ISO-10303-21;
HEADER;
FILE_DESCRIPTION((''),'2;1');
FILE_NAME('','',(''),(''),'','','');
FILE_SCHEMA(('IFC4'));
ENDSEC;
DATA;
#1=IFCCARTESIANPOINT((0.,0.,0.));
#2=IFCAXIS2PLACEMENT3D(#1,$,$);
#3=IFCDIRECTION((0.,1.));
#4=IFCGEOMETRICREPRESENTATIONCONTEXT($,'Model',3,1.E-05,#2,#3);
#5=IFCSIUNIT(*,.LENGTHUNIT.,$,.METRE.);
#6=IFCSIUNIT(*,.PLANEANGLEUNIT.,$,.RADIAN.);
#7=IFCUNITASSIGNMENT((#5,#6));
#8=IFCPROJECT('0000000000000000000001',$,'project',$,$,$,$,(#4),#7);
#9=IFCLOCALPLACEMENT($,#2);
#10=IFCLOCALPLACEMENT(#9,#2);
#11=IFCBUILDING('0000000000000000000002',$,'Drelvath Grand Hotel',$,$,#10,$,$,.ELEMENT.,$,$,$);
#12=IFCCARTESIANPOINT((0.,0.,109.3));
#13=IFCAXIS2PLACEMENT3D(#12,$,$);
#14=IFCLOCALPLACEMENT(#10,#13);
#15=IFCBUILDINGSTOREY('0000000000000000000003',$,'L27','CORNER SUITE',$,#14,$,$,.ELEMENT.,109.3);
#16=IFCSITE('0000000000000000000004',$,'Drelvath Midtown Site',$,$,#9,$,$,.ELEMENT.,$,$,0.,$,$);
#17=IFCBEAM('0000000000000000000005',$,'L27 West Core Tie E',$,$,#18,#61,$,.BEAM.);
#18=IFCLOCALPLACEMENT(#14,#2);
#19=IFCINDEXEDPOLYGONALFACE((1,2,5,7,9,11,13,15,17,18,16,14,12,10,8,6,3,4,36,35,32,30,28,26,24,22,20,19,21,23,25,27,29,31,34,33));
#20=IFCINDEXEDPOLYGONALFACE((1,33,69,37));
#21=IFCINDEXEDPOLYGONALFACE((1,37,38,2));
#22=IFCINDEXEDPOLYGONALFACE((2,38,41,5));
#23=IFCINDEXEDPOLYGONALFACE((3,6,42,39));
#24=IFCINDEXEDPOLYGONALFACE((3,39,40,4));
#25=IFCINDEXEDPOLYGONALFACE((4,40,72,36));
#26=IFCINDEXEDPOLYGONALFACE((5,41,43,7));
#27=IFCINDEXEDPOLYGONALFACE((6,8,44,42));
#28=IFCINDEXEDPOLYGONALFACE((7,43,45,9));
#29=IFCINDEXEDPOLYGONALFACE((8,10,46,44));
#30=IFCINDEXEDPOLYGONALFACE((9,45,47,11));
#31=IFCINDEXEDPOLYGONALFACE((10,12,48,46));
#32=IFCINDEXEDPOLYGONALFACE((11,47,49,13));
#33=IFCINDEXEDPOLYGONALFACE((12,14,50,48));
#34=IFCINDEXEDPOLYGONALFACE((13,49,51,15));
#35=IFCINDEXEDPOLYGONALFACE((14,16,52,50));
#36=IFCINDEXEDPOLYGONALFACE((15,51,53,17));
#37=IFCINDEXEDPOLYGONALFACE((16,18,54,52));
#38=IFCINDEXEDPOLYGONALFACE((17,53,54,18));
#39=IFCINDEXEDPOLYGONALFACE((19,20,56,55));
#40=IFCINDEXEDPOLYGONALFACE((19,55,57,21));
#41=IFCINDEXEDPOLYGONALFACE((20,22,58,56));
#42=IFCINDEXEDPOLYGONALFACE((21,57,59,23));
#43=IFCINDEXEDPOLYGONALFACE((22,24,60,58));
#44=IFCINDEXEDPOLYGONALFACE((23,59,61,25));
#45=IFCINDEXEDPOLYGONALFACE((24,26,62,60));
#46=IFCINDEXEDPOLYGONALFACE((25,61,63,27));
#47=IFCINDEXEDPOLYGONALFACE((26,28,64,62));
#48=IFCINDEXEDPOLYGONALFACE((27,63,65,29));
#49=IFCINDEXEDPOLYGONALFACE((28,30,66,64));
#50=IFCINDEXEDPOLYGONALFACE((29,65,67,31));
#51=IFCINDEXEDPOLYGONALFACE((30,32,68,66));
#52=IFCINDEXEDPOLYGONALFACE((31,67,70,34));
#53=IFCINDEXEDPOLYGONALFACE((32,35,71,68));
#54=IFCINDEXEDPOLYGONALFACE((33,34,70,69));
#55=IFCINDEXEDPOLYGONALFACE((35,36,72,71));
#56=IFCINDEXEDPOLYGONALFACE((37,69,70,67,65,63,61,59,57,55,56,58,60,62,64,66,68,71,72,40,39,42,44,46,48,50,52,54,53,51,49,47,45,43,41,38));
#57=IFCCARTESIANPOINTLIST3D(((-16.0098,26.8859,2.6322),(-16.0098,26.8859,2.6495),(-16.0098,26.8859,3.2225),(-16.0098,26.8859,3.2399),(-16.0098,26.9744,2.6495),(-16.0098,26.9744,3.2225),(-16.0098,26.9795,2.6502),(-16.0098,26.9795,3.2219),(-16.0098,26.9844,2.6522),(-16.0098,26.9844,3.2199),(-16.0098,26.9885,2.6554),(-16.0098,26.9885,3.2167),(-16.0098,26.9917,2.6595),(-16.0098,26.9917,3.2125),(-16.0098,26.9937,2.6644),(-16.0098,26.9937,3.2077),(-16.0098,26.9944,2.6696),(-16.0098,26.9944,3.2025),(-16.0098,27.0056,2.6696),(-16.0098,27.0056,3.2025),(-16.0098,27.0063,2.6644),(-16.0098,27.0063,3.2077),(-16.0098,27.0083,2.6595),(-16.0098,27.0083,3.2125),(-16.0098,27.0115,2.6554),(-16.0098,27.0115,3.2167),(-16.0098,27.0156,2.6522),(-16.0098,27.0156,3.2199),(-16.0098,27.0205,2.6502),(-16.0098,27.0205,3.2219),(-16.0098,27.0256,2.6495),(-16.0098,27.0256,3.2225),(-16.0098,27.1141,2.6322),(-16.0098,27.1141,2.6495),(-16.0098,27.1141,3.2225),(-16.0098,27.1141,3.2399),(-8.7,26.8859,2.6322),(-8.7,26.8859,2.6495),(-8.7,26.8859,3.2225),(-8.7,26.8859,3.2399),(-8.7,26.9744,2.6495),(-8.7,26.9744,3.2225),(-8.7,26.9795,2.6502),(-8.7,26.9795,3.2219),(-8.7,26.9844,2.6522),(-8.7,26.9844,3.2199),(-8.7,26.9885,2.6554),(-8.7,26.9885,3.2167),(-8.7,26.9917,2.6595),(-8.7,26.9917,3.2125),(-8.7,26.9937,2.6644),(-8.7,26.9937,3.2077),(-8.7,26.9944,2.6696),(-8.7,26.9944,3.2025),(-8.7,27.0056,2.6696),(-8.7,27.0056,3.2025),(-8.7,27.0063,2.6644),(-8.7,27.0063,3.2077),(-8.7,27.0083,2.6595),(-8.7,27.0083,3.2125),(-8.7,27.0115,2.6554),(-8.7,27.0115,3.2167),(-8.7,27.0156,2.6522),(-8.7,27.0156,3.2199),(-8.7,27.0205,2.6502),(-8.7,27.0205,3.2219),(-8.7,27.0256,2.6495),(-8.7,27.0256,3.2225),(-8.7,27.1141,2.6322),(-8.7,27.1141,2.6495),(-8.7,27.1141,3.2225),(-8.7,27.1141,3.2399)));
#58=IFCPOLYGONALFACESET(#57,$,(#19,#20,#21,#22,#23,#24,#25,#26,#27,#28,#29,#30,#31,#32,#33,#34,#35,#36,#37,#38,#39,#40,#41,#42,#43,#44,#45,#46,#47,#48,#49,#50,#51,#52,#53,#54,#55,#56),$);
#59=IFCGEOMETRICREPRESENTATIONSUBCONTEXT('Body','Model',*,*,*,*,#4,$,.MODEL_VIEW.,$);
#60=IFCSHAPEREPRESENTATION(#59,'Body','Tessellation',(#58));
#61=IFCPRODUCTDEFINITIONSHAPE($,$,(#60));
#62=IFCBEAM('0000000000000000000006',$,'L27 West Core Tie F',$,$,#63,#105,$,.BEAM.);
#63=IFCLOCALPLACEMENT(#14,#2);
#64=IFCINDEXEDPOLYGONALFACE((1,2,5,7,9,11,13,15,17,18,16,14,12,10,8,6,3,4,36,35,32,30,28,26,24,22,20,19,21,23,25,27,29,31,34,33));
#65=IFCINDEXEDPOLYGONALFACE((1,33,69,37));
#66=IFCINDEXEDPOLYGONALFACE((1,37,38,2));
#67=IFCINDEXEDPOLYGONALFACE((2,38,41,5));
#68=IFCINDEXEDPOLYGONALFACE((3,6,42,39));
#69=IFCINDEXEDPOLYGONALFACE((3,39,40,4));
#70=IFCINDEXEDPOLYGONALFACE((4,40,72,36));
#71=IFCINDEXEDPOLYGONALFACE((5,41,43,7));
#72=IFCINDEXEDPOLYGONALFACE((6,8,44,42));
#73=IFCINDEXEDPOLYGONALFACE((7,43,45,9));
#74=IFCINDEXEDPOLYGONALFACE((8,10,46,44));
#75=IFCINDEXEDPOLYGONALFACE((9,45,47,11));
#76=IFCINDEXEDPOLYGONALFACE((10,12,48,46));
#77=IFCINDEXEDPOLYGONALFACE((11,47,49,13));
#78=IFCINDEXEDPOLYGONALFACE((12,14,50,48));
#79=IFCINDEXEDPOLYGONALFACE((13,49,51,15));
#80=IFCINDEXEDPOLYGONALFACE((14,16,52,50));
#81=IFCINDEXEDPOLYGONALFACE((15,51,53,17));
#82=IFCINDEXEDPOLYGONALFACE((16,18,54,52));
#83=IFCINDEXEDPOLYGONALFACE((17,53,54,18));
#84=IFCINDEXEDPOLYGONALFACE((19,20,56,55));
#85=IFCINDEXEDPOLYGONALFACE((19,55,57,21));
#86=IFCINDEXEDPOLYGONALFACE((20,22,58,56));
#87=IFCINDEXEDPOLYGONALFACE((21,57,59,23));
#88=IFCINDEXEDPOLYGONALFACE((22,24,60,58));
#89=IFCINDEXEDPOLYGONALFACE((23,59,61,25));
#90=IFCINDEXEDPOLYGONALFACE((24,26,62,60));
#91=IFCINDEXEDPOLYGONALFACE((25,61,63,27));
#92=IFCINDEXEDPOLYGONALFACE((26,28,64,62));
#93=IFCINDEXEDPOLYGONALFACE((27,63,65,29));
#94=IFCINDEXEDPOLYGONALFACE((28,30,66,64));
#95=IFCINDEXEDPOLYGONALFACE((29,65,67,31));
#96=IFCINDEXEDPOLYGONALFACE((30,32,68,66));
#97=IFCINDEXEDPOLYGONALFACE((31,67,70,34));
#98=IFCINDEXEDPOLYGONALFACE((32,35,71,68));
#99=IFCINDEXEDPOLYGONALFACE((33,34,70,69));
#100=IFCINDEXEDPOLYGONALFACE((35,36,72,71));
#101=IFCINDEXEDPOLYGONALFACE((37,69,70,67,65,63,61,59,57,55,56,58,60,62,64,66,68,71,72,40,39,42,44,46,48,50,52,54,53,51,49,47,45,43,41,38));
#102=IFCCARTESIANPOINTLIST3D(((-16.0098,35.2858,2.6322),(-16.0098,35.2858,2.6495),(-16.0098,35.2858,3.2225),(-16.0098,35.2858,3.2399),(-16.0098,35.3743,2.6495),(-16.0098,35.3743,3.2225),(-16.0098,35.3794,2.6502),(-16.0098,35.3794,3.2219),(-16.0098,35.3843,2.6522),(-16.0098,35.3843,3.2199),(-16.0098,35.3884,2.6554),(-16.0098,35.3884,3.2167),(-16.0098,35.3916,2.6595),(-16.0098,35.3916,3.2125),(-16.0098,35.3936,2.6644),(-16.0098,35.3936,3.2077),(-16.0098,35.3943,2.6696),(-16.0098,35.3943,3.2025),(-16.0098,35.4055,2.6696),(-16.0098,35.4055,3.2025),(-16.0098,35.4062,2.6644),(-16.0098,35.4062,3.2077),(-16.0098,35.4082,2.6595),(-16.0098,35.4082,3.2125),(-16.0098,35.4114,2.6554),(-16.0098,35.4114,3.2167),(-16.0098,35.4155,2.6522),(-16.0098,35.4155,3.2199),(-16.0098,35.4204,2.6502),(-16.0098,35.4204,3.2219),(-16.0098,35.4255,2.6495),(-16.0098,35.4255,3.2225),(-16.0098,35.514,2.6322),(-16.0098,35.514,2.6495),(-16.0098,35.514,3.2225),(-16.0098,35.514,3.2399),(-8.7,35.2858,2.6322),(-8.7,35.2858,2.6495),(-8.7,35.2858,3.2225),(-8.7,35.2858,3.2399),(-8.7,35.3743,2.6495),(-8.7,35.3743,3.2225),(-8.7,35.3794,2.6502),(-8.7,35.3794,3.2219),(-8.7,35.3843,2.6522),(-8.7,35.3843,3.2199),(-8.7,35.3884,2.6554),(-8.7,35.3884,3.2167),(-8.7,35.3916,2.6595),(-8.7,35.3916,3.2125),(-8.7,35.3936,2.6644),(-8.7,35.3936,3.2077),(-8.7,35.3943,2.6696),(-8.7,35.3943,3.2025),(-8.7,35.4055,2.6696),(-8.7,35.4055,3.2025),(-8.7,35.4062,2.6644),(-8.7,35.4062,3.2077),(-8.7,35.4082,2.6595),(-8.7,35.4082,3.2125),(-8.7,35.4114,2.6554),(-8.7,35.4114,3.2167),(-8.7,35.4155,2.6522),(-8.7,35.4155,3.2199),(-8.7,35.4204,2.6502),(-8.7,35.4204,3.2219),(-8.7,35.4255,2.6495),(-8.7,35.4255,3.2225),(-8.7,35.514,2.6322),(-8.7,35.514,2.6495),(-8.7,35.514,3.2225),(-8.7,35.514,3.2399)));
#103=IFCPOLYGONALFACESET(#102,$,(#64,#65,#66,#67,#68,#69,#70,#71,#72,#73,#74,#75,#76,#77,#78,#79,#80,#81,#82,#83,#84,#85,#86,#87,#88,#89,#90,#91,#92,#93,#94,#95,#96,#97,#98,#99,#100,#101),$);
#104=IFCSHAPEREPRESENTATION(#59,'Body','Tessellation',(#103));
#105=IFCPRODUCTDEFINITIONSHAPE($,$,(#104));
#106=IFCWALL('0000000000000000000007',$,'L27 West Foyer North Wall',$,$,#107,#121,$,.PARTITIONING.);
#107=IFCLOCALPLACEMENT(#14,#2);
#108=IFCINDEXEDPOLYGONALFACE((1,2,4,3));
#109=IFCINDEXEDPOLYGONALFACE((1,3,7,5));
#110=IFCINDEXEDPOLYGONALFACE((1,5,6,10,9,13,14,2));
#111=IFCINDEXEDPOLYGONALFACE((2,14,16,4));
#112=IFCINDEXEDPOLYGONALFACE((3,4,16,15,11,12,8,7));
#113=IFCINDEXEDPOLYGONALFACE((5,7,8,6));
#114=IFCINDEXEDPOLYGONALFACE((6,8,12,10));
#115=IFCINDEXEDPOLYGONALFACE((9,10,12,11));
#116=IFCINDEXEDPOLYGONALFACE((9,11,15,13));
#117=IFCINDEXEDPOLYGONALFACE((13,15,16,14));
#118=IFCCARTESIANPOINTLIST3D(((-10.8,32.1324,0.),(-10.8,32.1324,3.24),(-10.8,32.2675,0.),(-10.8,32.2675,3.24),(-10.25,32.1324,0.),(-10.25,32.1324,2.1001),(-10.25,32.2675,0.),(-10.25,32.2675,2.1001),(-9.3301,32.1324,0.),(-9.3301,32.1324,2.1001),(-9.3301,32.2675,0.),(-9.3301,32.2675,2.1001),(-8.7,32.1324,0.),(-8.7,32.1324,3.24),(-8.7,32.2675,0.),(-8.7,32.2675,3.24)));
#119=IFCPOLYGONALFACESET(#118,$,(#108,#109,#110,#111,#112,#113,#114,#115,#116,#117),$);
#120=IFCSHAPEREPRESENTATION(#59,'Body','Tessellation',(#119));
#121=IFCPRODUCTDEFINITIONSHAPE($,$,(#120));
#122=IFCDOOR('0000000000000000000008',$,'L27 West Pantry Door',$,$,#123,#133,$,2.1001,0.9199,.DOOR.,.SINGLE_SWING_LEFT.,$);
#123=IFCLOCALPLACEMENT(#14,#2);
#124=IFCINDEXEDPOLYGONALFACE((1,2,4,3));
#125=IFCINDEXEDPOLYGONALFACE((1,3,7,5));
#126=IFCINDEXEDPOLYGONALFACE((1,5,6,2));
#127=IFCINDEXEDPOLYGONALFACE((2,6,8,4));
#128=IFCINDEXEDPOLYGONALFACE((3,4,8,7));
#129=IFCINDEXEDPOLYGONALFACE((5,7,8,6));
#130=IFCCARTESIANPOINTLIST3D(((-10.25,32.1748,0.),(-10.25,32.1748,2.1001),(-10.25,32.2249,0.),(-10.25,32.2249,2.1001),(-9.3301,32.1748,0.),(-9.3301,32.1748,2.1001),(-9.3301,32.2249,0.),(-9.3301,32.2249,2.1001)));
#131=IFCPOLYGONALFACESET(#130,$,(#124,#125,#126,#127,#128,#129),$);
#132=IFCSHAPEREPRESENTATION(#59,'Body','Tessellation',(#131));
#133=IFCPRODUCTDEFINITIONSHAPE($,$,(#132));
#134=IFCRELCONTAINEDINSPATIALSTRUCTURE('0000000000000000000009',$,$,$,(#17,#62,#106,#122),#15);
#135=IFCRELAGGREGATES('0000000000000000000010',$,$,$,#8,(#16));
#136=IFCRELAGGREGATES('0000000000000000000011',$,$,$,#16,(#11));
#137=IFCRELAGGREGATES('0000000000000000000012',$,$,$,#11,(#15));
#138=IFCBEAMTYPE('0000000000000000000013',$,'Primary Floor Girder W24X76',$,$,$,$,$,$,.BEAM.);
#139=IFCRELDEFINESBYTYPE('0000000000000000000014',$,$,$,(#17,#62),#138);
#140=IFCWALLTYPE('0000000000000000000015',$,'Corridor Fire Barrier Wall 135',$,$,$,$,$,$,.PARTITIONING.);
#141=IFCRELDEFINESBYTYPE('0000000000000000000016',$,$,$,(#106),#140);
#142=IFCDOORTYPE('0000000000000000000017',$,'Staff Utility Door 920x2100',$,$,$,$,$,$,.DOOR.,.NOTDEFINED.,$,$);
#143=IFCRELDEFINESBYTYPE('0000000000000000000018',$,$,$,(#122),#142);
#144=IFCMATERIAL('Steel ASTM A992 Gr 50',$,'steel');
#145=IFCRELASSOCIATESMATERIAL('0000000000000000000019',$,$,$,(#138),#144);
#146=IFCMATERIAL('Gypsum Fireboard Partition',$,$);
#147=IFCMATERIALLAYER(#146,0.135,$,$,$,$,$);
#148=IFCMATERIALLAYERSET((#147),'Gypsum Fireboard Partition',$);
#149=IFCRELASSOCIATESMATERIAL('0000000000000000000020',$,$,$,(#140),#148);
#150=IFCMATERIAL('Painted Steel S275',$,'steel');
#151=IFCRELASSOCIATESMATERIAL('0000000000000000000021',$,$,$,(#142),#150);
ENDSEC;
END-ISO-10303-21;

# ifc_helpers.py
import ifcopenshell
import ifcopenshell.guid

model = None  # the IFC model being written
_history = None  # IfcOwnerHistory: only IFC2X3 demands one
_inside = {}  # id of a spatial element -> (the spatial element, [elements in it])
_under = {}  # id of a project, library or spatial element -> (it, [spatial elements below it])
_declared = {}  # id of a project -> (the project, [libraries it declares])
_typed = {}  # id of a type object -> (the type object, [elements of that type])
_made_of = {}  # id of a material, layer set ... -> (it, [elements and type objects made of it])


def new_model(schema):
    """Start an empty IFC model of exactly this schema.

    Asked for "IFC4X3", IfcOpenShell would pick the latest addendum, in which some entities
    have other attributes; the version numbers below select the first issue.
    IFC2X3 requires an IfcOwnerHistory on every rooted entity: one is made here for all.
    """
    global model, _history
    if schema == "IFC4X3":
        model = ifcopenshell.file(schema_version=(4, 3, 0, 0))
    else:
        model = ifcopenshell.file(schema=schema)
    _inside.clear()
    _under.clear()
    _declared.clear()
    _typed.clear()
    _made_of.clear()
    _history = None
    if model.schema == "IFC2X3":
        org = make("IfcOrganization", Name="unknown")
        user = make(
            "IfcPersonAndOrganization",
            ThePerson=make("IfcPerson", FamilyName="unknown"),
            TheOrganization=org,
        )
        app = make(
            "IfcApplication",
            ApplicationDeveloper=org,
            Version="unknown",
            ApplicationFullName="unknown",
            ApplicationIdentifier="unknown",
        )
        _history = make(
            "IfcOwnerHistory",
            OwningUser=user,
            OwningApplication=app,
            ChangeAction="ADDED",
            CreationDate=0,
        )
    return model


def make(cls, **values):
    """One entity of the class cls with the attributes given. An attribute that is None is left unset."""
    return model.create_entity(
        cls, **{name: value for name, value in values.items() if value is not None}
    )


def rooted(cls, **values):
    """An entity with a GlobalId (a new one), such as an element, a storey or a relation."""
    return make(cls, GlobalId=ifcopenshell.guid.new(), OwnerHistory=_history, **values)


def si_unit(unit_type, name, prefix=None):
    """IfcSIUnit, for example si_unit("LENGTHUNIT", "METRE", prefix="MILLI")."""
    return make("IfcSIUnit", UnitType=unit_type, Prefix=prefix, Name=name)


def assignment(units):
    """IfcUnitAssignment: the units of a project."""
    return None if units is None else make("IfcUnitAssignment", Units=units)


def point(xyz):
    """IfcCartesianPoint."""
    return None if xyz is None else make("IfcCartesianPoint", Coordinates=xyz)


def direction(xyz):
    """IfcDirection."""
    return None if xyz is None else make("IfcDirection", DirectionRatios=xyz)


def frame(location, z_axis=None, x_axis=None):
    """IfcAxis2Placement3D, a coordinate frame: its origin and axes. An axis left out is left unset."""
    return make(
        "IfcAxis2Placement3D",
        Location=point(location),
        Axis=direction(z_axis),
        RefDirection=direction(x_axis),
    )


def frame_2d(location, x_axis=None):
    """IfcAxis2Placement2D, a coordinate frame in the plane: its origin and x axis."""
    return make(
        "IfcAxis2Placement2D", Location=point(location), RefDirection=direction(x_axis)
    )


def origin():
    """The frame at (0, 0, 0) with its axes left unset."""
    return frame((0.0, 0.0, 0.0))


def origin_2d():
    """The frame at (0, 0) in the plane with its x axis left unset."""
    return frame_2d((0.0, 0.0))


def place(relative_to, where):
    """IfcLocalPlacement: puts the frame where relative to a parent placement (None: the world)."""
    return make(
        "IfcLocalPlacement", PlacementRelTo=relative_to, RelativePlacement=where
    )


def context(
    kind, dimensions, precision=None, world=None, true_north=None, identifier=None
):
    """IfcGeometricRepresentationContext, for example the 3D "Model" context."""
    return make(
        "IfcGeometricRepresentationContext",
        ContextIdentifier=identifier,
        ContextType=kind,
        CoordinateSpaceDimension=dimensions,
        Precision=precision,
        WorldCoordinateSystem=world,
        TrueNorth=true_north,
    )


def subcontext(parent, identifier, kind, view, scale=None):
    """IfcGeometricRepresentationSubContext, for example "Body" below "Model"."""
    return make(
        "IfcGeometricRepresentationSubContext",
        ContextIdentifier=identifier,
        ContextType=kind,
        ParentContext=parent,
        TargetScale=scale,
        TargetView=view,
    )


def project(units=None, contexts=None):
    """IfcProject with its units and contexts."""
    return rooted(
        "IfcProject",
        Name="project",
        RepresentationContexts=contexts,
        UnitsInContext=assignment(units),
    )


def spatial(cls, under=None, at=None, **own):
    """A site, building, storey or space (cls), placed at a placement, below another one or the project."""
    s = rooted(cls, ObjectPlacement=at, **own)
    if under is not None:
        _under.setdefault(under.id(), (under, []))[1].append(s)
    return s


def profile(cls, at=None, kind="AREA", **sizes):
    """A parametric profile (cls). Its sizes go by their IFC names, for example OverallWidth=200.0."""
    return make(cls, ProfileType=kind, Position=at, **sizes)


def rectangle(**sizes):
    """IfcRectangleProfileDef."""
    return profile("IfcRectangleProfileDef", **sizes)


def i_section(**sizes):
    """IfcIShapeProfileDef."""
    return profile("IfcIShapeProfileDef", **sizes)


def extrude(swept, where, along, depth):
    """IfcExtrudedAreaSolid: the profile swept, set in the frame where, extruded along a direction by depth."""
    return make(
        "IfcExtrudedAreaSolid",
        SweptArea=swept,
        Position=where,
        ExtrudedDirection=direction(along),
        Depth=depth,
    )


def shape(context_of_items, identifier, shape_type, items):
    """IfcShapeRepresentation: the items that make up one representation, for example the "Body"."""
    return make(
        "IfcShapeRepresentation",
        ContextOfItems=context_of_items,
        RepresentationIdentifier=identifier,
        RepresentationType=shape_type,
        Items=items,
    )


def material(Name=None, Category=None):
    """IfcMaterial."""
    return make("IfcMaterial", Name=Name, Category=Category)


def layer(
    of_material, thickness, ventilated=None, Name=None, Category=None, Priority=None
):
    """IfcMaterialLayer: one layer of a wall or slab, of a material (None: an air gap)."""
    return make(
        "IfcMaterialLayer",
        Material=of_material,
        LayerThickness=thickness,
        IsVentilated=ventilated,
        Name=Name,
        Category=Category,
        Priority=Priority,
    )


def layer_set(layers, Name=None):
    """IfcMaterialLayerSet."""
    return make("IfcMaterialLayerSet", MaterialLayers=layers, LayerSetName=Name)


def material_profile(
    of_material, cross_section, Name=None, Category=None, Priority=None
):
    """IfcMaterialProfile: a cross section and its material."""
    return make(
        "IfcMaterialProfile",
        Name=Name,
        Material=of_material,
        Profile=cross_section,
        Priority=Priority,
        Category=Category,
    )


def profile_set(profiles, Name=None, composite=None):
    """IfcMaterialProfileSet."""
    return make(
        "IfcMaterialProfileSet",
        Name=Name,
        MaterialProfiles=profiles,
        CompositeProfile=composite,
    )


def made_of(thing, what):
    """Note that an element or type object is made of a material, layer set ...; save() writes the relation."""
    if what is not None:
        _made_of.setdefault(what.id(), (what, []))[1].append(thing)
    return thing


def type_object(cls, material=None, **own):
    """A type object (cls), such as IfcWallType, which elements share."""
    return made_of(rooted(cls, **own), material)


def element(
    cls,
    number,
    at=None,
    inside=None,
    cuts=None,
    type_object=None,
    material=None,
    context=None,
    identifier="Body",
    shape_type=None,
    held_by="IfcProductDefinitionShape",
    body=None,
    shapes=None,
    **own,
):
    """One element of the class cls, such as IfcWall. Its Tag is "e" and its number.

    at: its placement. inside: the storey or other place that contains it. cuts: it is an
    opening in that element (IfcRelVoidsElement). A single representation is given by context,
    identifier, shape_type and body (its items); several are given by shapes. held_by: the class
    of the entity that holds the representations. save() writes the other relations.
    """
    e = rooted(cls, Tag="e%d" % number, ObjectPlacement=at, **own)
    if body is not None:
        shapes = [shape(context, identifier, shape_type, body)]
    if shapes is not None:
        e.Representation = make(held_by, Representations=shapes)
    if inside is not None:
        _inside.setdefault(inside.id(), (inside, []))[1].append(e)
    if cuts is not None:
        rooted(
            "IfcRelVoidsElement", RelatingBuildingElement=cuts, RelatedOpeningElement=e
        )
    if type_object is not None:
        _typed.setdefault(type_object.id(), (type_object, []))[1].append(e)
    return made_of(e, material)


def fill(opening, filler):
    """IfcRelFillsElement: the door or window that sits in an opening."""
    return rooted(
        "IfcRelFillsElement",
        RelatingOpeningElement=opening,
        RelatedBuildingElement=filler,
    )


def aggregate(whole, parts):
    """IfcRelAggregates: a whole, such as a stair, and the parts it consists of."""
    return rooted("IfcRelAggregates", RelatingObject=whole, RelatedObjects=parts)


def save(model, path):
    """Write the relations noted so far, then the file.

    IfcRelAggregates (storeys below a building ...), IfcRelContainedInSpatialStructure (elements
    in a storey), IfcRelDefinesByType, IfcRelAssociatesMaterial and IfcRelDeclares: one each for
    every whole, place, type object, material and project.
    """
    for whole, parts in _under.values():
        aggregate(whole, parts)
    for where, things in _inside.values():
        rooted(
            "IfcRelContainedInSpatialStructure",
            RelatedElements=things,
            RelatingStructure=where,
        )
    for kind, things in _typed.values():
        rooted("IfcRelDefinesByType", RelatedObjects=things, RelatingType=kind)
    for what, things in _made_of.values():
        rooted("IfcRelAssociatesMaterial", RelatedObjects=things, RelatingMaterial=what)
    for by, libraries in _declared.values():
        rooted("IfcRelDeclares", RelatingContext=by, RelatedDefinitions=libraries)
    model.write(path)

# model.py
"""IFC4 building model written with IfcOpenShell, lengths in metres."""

from ifc_helpers import new_model, si_unit, direction, frame, frame_2d, origin, origin_2d, place, context, subcontext, project, spatial, rectangle, i_section, extrude, material, layer, layer_set, material_profile, profile_set, type_object, element, fill, save


model = new_model("IFC4")

# Units and contexts
model_context = context("Model", 3, precision=1e-05, world=origin(), true_north=direction((0.0, 1.0)))
body_context = subcontext(model_context, "Body", "Model", "MODEL_VIEW")
ifc_project = project(units=[si_unit("LENGTHUNIT", "METRE"), si_unit("PLANEANGLEUNIT", "RADIAN")], contexts=[model_context])

# Site, building, storey
site_placement = place(None, origin())
site = spatial("IfcSite", under=ifc_project, at=site_placement, Name="Drelvath Midtown Site", CompositionType="ELEMENT", RefElevation=0.0)
building_placement = place(site_placement, origin())
building = spatial("IfcBuilding", under=site, at=building_placement, Name="Drelvath Grand Hotel", CompositionType="ELEMENT")
storey_placement = place(building_placement, frame((0.0, 0.0, 109.3)))
storey = spatial("IfcBuildingStorey", under=building, at=storey_placement, Name="L27", Description="CORNER SUITE", CompositionType="ELEMENT", Elevation=109.3)

# Beams
ifc_material_1 = material(Name="Steel ASTM A992 Gr 50", Category="steel")
ifc_material_profile = material_profile(ifc_material_1, i_section(OverallWidth=0.2283, OverallDepth=0.6077, WebThickness=0.0112, FlangeThickness=0.0173, FilletRadius=0.02, at=origin_2d()), Name="W24X76")
ifc_profile_set = profile_set([ifc_material_profile], Name="Steel ASTM A992 Gr 50")
beam_type = type_object("IfcBeamType", Name="Primary Floor Girder W24X76", PredefinedType="BEAM", material=ifc_profile_set)
for number, where, z_axis, x_axis, name in (
    (1, (-16.0098, 27.0, 2.936), (1.0, 0.0, 0.0), (0.0, 1.0, 0.0), "L27 West Core Tie E"),
    (2, (-16.0098, 35.3999, 2.936), (1.0, 0.0, 0.0), (0.0, 1.0, 0.0), "L27 West Core Tie F"),
):
    element("IfcBeam", number, at=place(storey_placement, frame(where, z_axis=z_axis, x_axis=x_axis)), inside=storey, type_object=beam_type, Name=name, PredefinedType="BEAM", context=body_context, shape_type="SweptSolid", body=[
        extrude(i_section(OverallWidth=0.2283, OverallDepth=0.6077, WebThickness=0.0112, FlangeThickness=0.0173, FilletRadius=0.02, at=origin_2d()), origin(), (0.0, 0.0, 1.0), 7.3098),
    ])

# Wall, opening, door
ifc_material_2 = material(Name="Gypsum Fireboard Partition")
ifc_layer_1 = layer(ifc_material_2, 0.135)
ifc_layer_set_1 = layer_set([ifc_layer_1], Name="Gypsum Fireboard Partition")
wall_type_1 = type_object("IfcWallType", Name="Corridor Fire Barrier Wall 135", PredefinedType="PARTITIONING", material=ifc_layer_set_1)
wall_1_placement = place(storey_placement, frame((-10.8, 32.2, 0.0), z_axis=(0.0, 0.0, 1.0), x_axis=(1.0, 0.0, 0.0)))
wall_1 = element("IfcWall", 3, at=wall_1_placement, inside=storey, type_object=wall_type_1, Name="L27 West Foyer North Wall", PredefinedType="PARTITIONING", context=body_context, shape_type="SweptSolid", body=[
    extrude(rectangle(XDim=2.1001, YDim=0.135, at=frame_2d((1.05, 0.0))), origin(), (0.0, 0.0, 1.0), 3.24),
])
opening_1_placement = place(wall_1_placement, frame((0.55, 0.0, 0.0)))
opening_1 = element("IfcOpeningElement", 4, at=opening_1_placement, cuts=wall_1, PredefinedType="OPENING", context=body_context, shape_type="SweptSolid", body=[
    extrude(rectangle(XDim=0.9199, YDim=2.1001, at=frame_2d((0.46, 1.05))), frame((0.0, 0.0774, 0.0), z_axis=(0.0, -1.0, 0.0), x_axis=(1.0, 0.0, 0.0)), (0.0, 0.0, 1.0), 0.155),
])
ifc_material_3 = material(Name="Painted Steel S275", Category="steel")
door_type_1 = type_object("IfcDoorType", Name="Staff Utility Door 920x2100", OperationType="NOTDEFINED", PredefinedType="DOOR", material=ifc_material_3)
door_1_placement = place(opening_1_placement, origin())
door_1 = element("IfcDoor", 5, at=door_1_placement, inside=storey, type_object=door_type_1, Name="L27 West Pantry Door", OperationType="SINGLE_SWING_LEFT", OverallHeight=2.1001, OverallWidth=0.9199, PredefinedType="DOOR", context=body_context, shape_type="SweptSolid", body=[
    extrude(rectangle(XDim=0.9199, YDim=2.1001, at=frame_2d((0.46, 1.05))), frame((0.0, 0.0249, 0.0), z_axis=(0.0, -1.0, 0.0), x_axis=(1.0, 0.0, 0.0)), (0.0, 0.0, 1.0), 0.05),
])
fill(opening_1, door_1)

save(model, "model.ifc")
